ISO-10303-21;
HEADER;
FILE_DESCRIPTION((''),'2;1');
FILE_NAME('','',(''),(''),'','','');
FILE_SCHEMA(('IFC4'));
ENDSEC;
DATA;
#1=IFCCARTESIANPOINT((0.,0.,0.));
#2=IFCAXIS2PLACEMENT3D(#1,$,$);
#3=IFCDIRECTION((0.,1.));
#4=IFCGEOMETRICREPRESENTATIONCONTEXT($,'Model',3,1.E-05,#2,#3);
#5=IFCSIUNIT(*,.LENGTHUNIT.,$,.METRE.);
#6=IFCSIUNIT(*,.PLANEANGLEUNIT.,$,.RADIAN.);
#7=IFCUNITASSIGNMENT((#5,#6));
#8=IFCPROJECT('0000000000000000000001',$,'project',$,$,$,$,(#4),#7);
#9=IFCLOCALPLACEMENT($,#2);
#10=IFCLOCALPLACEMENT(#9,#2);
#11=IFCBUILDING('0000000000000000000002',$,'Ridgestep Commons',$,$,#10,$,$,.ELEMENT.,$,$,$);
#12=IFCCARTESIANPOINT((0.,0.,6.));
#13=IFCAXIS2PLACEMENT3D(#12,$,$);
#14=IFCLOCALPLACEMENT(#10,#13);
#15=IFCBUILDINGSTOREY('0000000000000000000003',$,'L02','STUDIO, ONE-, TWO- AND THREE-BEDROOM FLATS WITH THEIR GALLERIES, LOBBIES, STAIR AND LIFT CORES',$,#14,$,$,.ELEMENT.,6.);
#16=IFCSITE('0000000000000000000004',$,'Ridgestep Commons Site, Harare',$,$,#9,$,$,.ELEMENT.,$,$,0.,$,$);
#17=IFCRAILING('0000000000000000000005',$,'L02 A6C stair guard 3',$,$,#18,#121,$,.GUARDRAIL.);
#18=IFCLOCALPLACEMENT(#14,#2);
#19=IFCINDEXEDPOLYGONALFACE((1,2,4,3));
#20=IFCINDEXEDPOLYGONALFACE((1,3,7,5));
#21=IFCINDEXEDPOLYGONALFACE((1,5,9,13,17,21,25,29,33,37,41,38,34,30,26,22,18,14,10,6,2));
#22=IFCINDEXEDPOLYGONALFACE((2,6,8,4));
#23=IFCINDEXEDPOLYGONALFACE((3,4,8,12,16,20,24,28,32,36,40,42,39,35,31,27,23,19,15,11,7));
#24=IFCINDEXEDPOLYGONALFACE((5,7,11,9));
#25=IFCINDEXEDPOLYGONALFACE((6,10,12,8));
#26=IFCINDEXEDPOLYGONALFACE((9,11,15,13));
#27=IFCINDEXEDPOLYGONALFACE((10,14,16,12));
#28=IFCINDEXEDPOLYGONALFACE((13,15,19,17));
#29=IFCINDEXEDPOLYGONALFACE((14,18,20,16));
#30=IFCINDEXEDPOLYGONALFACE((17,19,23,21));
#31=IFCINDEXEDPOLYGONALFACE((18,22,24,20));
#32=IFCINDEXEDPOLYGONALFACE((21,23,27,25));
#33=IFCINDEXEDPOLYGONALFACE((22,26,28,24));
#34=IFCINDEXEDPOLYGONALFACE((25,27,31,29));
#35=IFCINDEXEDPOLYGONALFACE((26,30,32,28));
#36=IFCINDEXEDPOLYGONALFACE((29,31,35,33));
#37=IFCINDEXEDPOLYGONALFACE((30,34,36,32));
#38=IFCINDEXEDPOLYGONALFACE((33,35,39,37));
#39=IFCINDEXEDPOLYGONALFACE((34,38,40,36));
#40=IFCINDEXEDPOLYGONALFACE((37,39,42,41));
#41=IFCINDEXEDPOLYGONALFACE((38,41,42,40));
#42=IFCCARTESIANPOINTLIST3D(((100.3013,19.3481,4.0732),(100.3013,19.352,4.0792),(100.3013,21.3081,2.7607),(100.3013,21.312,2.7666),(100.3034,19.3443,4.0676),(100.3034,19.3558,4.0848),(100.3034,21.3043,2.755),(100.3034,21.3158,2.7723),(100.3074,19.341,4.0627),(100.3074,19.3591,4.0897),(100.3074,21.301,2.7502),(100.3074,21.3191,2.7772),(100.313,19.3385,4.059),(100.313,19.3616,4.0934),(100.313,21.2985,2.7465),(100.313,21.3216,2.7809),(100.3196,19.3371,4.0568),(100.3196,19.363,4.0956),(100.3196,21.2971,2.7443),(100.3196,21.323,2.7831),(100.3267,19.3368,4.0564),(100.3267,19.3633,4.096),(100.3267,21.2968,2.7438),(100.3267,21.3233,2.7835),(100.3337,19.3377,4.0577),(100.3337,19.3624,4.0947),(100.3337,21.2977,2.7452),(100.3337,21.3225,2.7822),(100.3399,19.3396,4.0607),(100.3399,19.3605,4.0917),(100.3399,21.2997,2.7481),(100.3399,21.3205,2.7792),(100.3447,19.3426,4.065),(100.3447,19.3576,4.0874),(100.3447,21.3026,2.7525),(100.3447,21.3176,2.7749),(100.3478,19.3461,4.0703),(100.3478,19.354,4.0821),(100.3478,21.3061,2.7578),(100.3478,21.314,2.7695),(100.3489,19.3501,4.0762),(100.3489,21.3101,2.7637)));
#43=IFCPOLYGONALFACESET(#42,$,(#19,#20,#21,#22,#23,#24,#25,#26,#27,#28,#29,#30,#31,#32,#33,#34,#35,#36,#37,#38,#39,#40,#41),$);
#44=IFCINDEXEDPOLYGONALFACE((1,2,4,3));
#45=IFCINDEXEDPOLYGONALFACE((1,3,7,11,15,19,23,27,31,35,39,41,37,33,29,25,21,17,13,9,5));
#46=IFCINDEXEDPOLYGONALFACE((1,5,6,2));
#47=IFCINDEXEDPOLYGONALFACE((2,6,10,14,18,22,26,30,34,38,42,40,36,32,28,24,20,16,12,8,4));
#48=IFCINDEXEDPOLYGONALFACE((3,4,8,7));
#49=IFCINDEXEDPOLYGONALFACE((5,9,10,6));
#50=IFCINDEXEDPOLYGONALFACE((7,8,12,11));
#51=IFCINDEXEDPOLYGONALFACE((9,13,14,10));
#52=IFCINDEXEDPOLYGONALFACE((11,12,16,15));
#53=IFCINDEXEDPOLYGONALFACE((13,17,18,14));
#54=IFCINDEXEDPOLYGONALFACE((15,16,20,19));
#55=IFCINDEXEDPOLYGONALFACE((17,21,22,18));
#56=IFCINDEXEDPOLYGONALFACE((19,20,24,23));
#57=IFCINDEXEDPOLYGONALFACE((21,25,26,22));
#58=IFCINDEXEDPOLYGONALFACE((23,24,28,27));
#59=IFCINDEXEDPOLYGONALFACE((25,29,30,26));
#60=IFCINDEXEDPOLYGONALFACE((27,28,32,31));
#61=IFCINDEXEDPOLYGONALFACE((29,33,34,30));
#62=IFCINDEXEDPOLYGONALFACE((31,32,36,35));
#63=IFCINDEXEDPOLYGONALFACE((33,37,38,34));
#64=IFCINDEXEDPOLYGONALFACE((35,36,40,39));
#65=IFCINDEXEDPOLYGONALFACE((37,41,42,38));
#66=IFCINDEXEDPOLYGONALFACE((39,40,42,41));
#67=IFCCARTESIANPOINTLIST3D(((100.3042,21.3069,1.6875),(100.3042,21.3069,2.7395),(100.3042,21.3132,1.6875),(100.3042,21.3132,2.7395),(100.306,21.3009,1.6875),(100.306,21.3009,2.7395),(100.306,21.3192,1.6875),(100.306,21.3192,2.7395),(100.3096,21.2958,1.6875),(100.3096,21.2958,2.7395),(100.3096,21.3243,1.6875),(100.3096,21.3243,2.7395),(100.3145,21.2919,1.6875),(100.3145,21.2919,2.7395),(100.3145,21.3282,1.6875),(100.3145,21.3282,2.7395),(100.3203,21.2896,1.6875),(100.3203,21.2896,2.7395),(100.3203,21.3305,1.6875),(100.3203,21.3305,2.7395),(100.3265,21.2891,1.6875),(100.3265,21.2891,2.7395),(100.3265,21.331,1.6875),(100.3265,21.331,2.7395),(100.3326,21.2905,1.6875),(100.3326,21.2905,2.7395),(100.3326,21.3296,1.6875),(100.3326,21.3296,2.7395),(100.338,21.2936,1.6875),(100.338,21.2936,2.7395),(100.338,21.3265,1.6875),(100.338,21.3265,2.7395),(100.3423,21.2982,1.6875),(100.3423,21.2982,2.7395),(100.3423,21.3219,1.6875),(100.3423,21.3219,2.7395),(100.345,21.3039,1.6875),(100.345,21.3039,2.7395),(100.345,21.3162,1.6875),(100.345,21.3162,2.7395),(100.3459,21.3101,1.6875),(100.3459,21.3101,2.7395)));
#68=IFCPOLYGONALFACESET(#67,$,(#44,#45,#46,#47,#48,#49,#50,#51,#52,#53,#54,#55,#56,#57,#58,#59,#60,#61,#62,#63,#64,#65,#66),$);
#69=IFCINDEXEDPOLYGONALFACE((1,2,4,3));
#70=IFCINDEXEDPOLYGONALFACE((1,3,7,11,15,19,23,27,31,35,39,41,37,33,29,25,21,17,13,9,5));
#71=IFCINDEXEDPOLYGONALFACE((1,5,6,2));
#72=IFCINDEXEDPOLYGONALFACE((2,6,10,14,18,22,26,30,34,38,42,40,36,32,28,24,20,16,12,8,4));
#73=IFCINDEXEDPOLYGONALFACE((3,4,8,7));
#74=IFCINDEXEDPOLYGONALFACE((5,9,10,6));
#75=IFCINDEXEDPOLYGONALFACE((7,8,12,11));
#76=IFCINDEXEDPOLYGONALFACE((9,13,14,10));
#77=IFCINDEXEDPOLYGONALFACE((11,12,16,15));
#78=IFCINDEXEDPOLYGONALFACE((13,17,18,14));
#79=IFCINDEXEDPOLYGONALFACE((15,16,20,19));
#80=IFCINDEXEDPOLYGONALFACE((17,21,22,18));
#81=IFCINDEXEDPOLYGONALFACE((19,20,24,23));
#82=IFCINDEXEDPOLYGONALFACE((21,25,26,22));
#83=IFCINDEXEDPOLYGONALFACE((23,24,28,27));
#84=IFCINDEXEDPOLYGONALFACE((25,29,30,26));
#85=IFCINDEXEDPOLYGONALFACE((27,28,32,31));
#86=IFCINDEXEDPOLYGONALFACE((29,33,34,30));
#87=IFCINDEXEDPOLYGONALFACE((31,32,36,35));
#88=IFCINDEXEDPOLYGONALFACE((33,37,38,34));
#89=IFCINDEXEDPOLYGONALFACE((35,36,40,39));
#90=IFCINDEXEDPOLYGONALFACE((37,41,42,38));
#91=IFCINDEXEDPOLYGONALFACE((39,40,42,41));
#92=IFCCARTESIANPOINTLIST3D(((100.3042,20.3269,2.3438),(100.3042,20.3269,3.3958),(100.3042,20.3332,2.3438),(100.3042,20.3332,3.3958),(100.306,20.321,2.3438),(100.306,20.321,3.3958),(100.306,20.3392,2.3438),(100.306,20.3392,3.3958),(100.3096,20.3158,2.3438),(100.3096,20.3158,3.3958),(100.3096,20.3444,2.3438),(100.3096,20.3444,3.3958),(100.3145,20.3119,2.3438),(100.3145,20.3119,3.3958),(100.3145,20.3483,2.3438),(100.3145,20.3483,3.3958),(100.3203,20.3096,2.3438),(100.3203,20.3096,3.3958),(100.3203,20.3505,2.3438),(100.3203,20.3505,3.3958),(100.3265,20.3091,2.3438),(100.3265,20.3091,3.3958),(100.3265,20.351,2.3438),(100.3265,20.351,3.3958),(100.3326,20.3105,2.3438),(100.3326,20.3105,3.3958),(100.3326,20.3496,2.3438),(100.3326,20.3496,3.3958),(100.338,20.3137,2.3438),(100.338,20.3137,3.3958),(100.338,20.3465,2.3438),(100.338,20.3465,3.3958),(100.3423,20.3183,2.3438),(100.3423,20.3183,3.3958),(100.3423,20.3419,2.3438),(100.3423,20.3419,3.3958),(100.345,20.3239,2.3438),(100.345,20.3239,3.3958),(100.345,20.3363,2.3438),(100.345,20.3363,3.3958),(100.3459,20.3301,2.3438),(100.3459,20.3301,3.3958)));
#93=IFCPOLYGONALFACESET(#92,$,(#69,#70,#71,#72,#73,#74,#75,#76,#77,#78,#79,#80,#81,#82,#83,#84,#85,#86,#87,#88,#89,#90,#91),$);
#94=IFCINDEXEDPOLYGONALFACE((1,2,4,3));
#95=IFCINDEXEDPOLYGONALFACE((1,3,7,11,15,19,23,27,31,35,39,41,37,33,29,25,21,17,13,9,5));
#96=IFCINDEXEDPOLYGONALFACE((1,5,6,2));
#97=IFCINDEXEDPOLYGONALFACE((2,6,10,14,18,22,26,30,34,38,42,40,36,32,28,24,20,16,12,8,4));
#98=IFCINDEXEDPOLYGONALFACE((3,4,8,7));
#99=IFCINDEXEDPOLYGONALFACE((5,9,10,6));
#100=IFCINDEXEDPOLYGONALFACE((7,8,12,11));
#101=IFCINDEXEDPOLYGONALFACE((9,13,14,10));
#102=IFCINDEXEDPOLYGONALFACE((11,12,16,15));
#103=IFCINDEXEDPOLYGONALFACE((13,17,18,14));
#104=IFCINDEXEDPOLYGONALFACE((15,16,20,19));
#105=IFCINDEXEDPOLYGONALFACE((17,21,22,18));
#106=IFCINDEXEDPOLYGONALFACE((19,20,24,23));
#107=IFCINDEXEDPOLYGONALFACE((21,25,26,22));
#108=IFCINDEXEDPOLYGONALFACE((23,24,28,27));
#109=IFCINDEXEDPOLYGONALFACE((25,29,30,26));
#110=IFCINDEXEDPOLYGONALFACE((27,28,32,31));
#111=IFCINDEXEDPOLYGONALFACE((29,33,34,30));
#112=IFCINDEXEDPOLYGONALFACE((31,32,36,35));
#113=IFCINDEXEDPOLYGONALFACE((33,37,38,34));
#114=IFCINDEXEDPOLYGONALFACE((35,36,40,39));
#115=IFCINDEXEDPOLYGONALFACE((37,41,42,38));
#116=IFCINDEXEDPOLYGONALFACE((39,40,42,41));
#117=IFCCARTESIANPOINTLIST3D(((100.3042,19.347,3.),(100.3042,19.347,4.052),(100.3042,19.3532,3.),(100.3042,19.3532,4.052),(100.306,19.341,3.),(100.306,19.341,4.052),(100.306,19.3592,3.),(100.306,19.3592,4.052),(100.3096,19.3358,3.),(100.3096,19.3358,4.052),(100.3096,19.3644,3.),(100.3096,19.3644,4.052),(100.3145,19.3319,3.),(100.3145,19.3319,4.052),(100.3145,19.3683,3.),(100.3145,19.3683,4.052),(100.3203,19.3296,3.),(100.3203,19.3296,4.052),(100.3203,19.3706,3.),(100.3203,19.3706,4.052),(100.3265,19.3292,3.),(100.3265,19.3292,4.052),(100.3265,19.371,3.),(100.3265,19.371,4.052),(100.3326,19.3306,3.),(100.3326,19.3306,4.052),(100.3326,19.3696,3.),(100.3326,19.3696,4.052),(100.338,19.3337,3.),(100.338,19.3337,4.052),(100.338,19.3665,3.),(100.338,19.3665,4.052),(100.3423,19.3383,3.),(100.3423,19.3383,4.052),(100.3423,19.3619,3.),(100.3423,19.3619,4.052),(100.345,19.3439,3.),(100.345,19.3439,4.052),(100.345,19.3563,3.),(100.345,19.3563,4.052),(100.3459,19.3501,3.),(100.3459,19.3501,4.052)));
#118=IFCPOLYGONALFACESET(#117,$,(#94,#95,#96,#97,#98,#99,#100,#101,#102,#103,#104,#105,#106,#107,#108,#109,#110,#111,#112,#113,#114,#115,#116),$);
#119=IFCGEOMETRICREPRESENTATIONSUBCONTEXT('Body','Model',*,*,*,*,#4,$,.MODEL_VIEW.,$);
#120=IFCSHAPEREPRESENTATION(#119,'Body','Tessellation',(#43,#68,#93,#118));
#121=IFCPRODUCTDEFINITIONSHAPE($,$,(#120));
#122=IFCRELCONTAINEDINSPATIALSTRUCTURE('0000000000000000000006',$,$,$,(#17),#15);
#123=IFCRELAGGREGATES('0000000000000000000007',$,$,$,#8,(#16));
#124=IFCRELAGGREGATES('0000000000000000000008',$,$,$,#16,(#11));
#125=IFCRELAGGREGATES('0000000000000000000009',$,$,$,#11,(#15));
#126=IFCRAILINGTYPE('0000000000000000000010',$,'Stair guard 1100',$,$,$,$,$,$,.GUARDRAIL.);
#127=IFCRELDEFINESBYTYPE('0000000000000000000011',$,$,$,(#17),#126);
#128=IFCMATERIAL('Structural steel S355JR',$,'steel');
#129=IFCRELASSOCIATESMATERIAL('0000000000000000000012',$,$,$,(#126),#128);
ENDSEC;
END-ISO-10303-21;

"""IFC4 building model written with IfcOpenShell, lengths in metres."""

from ifc_helpers import new_model, si_unit, direction, frame, origin, origin_2d, place, context, subcontext, project, spatial, circle, extrude, material, type_object, element, save


model = new_model("IFC4")

# Units and contexts
model_context = context("Model", 3, precision=1e-05, world=origin(), true_north=direction((0.0, 1.0)))
body_context = subcontext(model_context, "Body", "Model", "MODEL_VIEW")
ifc_project = project(units=[si_unit("LENGTHUNIT", "METRE"), si_unit("PLANEANGLEUNIT", "RADIAN")], contexts=[model_context])

# Site, building, storey
site_placement = place(None, origin())
site = spatial("IfcSite", under=ifc_project, at=site_placement, Name="Ridgestep Commons Site, Harare", CompositionType="ELEMENT", RefElevation=0.0)
building_placement = place(site_placement, origin())
building = spatial("IfcBuilding", under=site, at=building_placement, Name="Ridgestep Commons", CompositionType="ELEMENT")
storey_placement = place(building_placement, frame((0.0, 0.0, 6.0)))
storey = spatial("IfcBuildingStorey", under=building, at=storey_placement, Name="L02", Description="STUDIO, ONE-, TWO- AND THREE-BEDROOM FLATS WITH THEIR GALLERIES, LOBBIES, STAIR AND LIFT CORES", CompositionType="ELEMENT", Elevation=6.0)

# Railing
ifc_material_1 = material(Name="Structural steel S355JR", Category="steel")
railing_type_1 = type_object("IfcRailingType", Name="Stair guard 1100", PredefinedType="GUARDRAIL", material=ifc_material_1)
railing_1_placement = place(storey_placement, frame((100.325, 21.3101, 1.6875)))
element("IfcRailing", 1, at=railing_1_placement, inside=storey, type_object=railing_type_1, Name="L02 A6C stair guard 3", PredefinedType="GUARDRAIL", context=body_context, shape_type="SweptSolid", body=[
    extrude(circle(Radius=0.0239, at=origin_2d()), frame((0.0, 0.0, 1.0762), z_axis=(0.0, -0.830902, 0.556419), x_axis=(1.0, 0.0, 0.0)), (0.0, 0.0, 1.0), 2.3589),
    extrude(circle(Radius=0.021, at=origin_2d()), origin(), (0.0, 0.0, 1.0), 1.052),
    extrude(circle(Radius=0.021, at=origin_2d()), frame((0.0, -0.98, 0.6562)), (0.0, 0.0, 1.0), 1.052),
    extrude(circle(Radius=0.021, at=origin_2d()), frame((0.0, -1.96, 1.3125)), (0.0, 0.0, 1.0), 1.052),
])

save(model, "model.ifc")
